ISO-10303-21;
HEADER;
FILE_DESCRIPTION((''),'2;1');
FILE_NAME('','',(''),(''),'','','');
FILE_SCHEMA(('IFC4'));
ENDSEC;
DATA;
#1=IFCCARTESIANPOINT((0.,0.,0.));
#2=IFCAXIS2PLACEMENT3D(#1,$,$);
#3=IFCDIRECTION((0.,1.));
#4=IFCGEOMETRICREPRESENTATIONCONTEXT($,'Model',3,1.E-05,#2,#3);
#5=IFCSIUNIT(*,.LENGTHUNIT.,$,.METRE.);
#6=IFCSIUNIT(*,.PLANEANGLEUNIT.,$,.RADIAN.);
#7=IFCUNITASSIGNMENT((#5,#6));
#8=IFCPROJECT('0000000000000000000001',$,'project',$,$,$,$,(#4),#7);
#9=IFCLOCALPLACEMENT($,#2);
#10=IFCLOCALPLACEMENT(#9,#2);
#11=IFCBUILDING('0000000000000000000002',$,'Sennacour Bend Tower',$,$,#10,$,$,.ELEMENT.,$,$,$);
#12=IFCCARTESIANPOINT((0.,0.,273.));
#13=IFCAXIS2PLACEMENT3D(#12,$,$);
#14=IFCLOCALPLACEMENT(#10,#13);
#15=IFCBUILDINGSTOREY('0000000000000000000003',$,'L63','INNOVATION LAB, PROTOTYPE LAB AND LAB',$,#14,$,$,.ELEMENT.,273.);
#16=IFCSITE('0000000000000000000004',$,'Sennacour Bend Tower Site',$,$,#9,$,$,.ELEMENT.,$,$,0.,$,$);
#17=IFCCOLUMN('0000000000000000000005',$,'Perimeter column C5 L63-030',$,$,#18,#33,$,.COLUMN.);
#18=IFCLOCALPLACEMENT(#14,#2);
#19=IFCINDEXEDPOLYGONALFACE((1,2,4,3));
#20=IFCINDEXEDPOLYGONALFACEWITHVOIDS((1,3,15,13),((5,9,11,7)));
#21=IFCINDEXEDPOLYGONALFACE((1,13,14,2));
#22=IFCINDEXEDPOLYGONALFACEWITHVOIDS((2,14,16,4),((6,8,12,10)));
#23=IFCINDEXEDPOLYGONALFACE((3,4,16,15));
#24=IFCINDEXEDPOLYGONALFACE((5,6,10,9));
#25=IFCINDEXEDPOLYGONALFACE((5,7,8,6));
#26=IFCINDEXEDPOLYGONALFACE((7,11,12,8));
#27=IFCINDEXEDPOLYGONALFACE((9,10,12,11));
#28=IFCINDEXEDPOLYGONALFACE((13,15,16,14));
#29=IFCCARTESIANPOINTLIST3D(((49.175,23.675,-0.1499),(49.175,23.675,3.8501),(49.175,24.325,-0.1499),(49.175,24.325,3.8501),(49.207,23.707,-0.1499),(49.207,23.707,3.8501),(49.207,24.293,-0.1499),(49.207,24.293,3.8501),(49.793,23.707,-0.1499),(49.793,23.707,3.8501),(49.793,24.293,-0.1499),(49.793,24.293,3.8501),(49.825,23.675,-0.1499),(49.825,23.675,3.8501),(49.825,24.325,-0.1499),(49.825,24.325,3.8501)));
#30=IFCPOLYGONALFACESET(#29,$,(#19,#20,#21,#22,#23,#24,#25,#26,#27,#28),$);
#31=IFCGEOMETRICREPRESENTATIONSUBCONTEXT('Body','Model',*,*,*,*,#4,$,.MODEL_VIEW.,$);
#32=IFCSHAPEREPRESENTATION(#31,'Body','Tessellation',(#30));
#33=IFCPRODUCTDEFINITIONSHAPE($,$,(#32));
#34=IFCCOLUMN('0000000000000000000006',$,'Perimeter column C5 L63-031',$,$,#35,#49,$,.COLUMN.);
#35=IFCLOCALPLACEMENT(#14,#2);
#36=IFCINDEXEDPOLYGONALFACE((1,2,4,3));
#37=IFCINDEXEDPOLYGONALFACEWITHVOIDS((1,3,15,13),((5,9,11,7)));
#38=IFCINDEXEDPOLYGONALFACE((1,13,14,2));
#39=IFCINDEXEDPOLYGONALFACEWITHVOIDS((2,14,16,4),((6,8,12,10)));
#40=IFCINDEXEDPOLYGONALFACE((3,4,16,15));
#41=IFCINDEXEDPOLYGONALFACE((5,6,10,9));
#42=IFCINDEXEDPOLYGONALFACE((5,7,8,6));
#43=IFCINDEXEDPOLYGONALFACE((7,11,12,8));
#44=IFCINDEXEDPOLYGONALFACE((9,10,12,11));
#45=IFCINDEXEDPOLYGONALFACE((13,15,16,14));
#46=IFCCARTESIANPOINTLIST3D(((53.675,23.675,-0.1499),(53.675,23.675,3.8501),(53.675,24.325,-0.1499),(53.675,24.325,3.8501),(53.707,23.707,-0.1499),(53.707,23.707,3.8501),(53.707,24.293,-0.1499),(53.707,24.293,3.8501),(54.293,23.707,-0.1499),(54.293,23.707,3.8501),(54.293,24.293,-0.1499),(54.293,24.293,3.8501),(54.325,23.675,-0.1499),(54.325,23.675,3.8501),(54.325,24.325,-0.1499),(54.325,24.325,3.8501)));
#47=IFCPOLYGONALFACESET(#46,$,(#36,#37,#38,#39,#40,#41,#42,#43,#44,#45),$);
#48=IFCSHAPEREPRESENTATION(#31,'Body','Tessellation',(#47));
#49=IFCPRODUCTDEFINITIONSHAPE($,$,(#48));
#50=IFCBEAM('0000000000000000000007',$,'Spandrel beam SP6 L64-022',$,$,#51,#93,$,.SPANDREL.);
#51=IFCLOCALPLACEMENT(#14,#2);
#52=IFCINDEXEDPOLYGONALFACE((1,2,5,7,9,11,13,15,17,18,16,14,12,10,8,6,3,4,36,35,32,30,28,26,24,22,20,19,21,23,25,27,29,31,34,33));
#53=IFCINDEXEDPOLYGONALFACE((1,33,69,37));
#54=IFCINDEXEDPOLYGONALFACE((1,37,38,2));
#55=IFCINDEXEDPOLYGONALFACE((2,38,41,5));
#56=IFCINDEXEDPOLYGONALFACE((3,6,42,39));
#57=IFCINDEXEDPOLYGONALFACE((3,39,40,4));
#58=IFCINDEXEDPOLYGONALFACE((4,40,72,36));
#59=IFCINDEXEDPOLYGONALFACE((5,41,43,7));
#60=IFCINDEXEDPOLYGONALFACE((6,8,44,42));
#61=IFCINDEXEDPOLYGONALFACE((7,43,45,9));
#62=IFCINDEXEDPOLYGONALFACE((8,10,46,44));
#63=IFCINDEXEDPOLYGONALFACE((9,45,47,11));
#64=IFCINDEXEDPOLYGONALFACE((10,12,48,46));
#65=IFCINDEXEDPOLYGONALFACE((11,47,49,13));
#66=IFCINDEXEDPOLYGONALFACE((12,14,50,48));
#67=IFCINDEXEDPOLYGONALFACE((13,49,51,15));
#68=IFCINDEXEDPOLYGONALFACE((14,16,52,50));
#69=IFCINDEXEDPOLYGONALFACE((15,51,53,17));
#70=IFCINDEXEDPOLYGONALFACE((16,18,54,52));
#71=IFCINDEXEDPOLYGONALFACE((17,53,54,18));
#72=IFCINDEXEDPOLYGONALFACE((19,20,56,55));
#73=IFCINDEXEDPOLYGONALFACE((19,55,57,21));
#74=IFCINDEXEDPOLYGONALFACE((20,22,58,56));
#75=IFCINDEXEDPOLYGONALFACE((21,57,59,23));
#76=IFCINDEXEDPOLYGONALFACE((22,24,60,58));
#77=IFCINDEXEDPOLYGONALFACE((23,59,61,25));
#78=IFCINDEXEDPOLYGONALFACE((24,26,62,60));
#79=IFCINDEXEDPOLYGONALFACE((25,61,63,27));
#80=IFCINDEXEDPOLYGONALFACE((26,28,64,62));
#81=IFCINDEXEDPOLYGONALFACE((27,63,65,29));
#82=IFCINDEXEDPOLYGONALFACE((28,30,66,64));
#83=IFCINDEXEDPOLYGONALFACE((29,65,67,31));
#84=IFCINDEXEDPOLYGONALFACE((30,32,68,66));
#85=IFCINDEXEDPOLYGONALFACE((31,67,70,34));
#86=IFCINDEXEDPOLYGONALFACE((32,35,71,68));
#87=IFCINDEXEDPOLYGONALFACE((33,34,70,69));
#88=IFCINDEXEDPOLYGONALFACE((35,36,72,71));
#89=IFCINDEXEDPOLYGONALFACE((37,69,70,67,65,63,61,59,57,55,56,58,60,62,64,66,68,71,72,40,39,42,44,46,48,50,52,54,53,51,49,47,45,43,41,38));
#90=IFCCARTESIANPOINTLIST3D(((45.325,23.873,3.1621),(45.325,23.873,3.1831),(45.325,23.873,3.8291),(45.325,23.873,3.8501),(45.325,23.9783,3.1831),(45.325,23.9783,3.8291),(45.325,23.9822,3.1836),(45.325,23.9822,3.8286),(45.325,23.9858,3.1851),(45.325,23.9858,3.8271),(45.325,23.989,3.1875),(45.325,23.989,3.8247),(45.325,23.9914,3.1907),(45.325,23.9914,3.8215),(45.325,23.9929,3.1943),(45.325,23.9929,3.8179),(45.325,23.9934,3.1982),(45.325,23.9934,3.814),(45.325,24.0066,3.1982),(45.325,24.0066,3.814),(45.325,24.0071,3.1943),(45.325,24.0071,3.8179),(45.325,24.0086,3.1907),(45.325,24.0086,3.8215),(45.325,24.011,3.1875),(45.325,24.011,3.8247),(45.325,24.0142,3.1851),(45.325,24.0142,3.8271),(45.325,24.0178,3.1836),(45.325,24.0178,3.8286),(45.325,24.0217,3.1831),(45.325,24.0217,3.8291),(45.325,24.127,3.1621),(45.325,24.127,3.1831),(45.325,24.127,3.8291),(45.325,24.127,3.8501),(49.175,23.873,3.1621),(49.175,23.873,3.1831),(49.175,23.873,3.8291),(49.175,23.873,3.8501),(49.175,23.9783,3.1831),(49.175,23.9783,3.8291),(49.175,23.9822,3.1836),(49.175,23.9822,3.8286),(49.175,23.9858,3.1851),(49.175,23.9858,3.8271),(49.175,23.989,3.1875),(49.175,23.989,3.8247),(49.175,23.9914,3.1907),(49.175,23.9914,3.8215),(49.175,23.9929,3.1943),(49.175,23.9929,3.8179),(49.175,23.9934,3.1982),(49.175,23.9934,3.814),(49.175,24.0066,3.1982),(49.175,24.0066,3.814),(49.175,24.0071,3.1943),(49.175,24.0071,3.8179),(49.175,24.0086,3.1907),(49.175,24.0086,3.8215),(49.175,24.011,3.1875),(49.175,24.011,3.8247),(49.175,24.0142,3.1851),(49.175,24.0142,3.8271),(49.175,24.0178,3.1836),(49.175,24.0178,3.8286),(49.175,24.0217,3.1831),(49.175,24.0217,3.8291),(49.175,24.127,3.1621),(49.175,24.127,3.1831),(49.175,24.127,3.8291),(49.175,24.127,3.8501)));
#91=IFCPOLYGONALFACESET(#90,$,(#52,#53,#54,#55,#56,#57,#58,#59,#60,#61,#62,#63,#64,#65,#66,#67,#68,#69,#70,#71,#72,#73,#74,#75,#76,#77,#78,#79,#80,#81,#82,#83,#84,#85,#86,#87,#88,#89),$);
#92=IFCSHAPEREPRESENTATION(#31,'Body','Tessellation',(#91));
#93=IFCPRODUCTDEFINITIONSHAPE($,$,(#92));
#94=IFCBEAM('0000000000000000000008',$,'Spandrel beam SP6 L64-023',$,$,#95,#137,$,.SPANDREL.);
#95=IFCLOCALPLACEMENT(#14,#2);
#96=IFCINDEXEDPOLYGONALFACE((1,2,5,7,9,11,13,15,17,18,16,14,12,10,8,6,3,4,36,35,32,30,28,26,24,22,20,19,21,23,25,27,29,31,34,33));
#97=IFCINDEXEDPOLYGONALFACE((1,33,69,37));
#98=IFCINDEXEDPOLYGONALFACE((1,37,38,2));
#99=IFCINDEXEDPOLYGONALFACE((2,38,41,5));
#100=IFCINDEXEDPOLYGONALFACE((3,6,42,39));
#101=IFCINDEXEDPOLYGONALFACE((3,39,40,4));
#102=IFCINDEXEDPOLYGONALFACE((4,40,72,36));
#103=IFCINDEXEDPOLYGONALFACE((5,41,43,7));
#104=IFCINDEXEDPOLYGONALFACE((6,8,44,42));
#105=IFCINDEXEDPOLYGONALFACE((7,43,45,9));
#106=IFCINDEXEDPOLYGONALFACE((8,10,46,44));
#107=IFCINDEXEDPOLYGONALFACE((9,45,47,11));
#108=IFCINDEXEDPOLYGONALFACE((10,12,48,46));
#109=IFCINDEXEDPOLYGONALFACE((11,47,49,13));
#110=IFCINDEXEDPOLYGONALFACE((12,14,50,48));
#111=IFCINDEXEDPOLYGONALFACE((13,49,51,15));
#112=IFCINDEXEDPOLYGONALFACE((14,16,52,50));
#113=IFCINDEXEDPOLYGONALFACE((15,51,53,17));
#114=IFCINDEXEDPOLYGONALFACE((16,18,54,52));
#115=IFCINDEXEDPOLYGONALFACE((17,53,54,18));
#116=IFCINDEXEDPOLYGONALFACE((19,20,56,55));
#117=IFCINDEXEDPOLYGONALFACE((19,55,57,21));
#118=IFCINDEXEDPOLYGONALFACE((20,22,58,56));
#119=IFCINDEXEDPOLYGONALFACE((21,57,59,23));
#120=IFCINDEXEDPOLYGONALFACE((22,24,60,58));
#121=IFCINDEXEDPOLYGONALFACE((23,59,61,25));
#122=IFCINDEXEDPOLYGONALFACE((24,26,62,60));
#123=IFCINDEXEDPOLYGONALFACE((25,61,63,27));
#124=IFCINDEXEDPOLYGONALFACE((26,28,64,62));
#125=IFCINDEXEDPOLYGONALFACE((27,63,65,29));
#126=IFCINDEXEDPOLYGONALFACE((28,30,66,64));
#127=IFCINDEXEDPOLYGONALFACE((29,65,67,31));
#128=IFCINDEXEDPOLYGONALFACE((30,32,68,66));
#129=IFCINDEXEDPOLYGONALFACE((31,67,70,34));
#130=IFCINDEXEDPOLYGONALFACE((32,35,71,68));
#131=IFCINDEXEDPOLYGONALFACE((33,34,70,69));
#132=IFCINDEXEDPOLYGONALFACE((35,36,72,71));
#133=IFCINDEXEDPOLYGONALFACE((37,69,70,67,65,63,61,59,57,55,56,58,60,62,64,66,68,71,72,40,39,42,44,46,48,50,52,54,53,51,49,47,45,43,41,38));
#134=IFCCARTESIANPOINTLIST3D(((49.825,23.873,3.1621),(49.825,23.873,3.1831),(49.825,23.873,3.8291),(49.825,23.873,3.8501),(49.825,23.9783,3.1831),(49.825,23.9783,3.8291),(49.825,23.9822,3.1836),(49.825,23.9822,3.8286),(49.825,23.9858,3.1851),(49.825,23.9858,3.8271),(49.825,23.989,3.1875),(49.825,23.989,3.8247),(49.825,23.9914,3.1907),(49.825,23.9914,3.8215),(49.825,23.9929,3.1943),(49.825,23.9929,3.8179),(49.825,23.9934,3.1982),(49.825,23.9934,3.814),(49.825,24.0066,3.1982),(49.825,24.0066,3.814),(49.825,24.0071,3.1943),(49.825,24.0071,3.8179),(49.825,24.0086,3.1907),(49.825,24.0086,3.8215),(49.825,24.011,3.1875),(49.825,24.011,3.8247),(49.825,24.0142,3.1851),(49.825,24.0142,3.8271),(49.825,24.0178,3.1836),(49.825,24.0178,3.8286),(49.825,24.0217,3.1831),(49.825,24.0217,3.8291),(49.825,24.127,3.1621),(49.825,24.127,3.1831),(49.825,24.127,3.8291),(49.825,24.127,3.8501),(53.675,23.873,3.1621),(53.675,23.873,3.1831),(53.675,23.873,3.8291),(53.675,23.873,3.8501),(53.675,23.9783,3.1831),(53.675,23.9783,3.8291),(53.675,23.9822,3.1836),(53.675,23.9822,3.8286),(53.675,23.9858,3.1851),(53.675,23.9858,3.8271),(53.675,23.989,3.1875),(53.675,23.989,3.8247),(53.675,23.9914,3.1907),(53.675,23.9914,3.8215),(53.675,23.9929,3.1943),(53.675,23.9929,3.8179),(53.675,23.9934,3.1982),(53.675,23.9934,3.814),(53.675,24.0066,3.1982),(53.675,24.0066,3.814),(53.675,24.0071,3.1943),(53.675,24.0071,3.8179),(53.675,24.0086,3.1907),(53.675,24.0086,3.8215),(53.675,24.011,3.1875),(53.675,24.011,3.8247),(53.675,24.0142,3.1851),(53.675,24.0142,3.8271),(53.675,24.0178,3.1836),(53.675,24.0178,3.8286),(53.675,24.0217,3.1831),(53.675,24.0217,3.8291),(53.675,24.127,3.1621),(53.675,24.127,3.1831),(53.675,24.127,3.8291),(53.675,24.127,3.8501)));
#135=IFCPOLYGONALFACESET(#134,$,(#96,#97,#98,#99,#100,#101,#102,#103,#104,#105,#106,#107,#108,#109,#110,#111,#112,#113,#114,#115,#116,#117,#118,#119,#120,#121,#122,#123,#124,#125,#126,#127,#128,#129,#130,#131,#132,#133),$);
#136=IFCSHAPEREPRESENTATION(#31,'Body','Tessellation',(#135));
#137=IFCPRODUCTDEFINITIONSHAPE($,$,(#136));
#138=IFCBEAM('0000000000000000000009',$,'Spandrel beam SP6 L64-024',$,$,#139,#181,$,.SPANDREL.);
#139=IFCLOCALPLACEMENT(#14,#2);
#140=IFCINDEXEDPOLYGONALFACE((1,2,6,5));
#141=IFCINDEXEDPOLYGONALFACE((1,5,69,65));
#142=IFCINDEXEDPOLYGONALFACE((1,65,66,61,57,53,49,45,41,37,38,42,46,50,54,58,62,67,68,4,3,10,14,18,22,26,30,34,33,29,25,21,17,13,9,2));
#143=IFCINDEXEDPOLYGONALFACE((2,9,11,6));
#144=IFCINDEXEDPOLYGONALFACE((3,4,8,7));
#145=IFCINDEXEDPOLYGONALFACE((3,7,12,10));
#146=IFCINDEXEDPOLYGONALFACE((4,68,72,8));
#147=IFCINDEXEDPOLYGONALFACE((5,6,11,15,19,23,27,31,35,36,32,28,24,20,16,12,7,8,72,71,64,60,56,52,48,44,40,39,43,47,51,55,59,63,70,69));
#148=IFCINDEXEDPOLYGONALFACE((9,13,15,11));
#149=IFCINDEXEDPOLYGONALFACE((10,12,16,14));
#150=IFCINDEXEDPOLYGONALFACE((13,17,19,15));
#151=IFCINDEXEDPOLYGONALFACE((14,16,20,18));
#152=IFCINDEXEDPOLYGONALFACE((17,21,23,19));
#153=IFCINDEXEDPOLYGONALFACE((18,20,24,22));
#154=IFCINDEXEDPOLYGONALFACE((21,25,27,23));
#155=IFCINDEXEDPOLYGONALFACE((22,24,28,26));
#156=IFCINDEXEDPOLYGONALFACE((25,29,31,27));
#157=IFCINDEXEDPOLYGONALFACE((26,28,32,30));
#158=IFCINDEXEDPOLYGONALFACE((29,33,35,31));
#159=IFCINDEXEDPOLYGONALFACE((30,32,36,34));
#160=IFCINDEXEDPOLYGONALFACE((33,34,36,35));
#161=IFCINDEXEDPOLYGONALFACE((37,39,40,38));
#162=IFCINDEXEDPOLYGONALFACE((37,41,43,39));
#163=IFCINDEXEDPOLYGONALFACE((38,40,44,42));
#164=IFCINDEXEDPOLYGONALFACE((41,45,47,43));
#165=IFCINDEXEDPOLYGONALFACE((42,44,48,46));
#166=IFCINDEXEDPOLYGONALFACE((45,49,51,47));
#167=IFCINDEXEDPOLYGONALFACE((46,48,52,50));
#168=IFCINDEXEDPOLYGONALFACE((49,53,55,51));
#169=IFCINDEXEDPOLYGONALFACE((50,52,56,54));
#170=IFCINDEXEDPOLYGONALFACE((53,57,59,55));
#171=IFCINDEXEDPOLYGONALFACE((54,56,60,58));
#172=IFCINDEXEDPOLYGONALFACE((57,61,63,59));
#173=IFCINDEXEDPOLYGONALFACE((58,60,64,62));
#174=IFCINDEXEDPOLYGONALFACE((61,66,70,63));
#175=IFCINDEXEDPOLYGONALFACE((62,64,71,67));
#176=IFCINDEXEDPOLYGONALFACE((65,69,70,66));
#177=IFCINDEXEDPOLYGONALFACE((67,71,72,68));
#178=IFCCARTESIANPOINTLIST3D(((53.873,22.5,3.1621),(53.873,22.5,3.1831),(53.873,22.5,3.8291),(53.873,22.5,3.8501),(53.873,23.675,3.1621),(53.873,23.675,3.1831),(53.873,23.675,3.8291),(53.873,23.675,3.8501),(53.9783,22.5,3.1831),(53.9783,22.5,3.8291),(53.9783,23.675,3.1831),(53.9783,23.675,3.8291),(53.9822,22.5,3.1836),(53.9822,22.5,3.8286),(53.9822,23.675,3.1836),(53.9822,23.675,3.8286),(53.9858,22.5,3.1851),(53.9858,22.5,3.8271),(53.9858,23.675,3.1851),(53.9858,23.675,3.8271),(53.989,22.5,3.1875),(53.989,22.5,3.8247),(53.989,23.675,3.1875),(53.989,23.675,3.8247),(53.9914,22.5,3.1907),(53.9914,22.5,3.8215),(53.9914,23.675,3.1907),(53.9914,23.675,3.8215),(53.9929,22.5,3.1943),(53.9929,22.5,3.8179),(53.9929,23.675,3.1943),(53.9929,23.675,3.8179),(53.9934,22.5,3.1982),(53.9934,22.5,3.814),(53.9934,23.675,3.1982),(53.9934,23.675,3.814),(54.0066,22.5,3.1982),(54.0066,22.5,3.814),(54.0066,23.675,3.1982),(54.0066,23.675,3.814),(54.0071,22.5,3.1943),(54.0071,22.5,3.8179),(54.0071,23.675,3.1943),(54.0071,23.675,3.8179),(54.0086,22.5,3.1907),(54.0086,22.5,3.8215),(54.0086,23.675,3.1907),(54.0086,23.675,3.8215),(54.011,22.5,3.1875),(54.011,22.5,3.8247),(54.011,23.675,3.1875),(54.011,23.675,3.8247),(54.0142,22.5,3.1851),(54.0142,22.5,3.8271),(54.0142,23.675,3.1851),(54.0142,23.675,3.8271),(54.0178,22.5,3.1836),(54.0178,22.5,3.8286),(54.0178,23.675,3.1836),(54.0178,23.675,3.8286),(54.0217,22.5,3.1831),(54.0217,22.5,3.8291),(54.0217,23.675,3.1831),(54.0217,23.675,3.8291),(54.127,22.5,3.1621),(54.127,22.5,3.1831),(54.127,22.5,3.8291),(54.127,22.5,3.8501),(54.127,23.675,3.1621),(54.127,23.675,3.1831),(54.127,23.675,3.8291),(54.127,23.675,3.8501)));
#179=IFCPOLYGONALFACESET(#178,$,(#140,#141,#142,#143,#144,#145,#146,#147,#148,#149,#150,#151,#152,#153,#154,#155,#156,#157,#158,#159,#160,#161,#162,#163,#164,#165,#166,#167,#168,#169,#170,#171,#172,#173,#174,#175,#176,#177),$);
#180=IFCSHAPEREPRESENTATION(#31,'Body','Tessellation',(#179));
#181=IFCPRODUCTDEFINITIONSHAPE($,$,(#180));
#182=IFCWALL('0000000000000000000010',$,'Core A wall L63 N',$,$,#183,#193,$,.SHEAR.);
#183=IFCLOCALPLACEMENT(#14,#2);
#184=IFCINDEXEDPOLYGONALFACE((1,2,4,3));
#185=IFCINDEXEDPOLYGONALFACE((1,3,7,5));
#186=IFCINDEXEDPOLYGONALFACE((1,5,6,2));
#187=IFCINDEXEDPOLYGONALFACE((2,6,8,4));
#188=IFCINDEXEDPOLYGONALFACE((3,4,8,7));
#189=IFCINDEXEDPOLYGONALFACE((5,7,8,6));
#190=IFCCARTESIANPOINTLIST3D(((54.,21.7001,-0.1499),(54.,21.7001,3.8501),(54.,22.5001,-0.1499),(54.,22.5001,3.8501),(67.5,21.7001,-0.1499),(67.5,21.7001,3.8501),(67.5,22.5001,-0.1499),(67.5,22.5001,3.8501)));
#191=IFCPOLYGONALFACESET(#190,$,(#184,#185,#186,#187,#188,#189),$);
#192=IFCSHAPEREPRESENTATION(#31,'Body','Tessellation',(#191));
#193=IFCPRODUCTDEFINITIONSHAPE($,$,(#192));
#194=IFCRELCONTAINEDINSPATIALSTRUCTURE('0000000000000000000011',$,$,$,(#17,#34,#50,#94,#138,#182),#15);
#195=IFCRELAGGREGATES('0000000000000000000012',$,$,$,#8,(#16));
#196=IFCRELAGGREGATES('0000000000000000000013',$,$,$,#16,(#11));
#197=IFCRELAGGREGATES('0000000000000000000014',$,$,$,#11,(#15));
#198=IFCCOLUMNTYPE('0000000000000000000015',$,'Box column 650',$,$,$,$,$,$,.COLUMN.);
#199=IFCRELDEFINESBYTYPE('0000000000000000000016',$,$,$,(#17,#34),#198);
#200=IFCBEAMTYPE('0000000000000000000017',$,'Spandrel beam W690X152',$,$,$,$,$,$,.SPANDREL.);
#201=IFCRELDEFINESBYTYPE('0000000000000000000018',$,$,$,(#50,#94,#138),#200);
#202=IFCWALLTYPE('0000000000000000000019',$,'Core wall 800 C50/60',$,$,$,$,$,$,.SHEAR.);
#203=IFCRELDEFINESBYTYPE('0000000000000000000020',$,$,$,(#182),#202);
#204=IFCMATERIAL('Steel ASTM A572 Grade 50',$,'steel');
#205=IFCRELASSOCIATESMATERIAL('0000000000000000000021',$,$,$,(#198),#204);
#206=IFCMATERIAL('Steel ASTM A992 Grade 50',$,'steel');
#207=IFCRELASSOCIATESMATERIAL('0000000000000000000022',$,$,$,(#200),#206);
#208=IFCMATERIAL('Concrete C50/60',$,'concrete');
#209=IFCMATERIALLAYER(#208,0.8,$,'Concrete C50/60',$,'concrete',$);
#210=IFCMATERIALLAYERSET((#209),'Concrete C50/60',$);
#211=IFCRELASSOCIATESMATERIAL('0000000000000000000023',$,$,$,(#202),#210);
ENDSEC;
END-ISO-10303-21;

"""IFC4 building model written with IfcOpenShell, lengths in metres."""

from ifc_helpers import new_model, si_unit, direction, frame, frame_2d, origin, origin_2d, place, context, subcontext, project, spatial, rectangle, hollow_rectangle, i_section, extrude, material, layer, layer_set, material_profile, profile_set, type_object, element, save


model = new_model("IFC4")

# Units and contexts
model_context = context("Model", 3, precision=1e-05, world=origin(), true_north=direction((0.0, 1.0)))
body_context = subcontext(model_context, "Body", "Model", "MODEL_VIEW")
ifc_project = project(units=[si_unit("LENGTHUNIT", "METRE"), si_unit("PLANEANGLEUNIT", "RADIAN")], contexts=[model_context])

# Site, building, storey
site_placement = place(None, origin())
site = spatial("IfcSite", under=ifc_project, at=site_placement, Name="Sennacour Bend Tower Site", CompositionType="ELEMENT", RefElevation=0.0)
building_placement = place(site_placement, origin())
building = spatial("IfcBuilding", under=site, at=building_placement, Name="Sennacour Bend Tower", CompositionType="ELEMENT")
storey_placement = place(building_placement, frame((0.0, 0.0, 273.0)))
storey = spatial("IfcBuildingStorey", under=building, at=storey_placement, Name="L63", Description="INNOVATION LAB, PROTOTYPE LAB AND LAB", CompositionType="ELEMENT", Elevation=273.0)

# Columns
ifc_material_1 = material(Name="Steel ASTM A572 Grade 50", Category="steel")
ifc_material_profile_1 = material_profile(ifc_material_1, hollow_rectangle(XDim=0.6499, YDim=0.6499, WallThickness=0.032, at=origin_2d()), Name="Steel ASTM A572 Grade 50", Category="steel")
ifc_profile_set_1 = profile_set([ifc_material_profile_1], Name="Steel ASTM A572 Grade 50")
column_type = type_object("IfcColumnType", Name="Box column 650", PredefinedType="COLUMN", material=ifc_profile_set_1)
for number, where, z_axis, x_axis, name in (
    (1, (49.5, 24.0, -0.1499), (0.0, 0.0, 1.0), (1.0, 0.0, 0.0), "Perimeter column C5 L63-030"),
    (2, (54.0, 24.0, -0.1499), (0.0, 0.0, 1.0), (1.0, 0.0, 0.0), "Perimeter column C5 L63-031"),
):
    element("IfcColumn", number, at=place(storey_placement, frame(where, z_axis=z_axis, x_axis=x_axis)), inside=storey, type_object=column_type, Name=name, PredefinedType="COLUMN", context=body_context, shape_type="SweptSolid", body=[
        extrude(hollow_rectangle(XDim=0.6499, YDim=0.6499, WallThickness=0.032, at=origin_2d()), origin(), (0.0, 0.0, 1.0), 4.0),
    ])

# Beams
ifc_material_2 = material(Name="Steel ASTM A992 Grade 50", Category="steel")
ifc_material_profile_2 = material_profile(ifc_material_2, i_section(OverallWidth=0.2539, OverallDepth=0.688, WebThickness=0.0132, FlangeThickness=0.021, FilletRadius=0.0151, at=origin_2d()), Name="Steel ASTM A992 Grade 50", Category="steel")
ifc_profile_set_2 = profile_set([ifc_material_profile_2], Name="Steel ASTM A992 Grade 50")
beam_type = type_object("IfcBeamType", Name="Spandrel beam W690X152", PredefinedType="SPANDREL", material=ifc_profile_set_2)
for number, where, z_axis, x_axis, name in (
    (3, (45.325, 24.0, 3.5061), (1.0, 0.0, 0.0), (0.0, 1.0, 0.0), "Spandrel beam SP6 L64-022"),
    (4, (49.825, 24.0, 3.5061), (1.0, 0.0, 0.0), (0.0, 1.0, 0.0), "Spandrel beam SP6 L64-023"),
):
    element("IfcBeam", number, at=place(storey_placement, frame(where, z_axis=z_axis, x_axis=x_axis)), inside=storey, type_object=beam_type, Name=name, PredefinedType="SPANDREL", context=body_context, shape_type="SweptSolid", body=[
        extrude(i_section(OverallWidth=0.2539, OverallDepth=0.688, WebThickness=0.0132, FlangeThickness=0.021, FilletRadius=0.0151, at=origin_2d()), origin(), (0.0, 0.0, 1.0), 3.8501),
    ])
beam_placement = place(storey_placement, frame((54.0, 23.675, 3.5061), z_axis=(0.0, -1.0, 0.0), x_axis=(1.0, 0.0, 0.0)))
element("IfcBeam", 5, at=beam_placement, inside=storey, type_object=beam_type, Name="Spandrel beam SP6 L64-024", PredefinedType="SPANDREL", context=body_context, shape_type="SweptSolid", body=[
    extrude(i_section(OverallWidth=0.2539, OverallDepth=0.688, WebThickness=0.0132, FlangeThickness=0.021, FilletRadius=0.0151, at=origin_2d()), origin(), (0.0, 0.0, 1.0), 1.175),
])

# Wall
ifc_material_3 = material(Name="Concrete C50/60", Category="concrete")
ifc_layer_1 = layer(ifc_material_3, 0.8, Name="Concrete C50/60", Category="concrete")
ifc_layer_set_1 = layer_set([ifc_layer_1], Name="Concrete C50/60")
wall_type_1 = type_object("IfcWallType", Name="Core wall 800 C50/60", PredefinedType="SHEAR", material=ifc_layer_set_1)
wall_1_placement = place(storey_placement, frame((54.0, 22.1001, -0.1499), z_axis=(0.0, 0.0, 1.0), x_axis=(1.0, 0.0, 0.0)))
element("IfcWall", 6, at=wall_1_placement, inside=storey, type_object=wall_type_1, Name="Core A wall L63 N", PredefinedType="SHEAR", context=body_context, shape_type="SweptSolid", body=[
    extrude(rectangle(XDim=13.5, YDim=0.8, at=frame_2d((6.75, 0.0))), origin(), (0.0, 0.0, 1.0), 4.0),
])

save(model, "model.ifc")
